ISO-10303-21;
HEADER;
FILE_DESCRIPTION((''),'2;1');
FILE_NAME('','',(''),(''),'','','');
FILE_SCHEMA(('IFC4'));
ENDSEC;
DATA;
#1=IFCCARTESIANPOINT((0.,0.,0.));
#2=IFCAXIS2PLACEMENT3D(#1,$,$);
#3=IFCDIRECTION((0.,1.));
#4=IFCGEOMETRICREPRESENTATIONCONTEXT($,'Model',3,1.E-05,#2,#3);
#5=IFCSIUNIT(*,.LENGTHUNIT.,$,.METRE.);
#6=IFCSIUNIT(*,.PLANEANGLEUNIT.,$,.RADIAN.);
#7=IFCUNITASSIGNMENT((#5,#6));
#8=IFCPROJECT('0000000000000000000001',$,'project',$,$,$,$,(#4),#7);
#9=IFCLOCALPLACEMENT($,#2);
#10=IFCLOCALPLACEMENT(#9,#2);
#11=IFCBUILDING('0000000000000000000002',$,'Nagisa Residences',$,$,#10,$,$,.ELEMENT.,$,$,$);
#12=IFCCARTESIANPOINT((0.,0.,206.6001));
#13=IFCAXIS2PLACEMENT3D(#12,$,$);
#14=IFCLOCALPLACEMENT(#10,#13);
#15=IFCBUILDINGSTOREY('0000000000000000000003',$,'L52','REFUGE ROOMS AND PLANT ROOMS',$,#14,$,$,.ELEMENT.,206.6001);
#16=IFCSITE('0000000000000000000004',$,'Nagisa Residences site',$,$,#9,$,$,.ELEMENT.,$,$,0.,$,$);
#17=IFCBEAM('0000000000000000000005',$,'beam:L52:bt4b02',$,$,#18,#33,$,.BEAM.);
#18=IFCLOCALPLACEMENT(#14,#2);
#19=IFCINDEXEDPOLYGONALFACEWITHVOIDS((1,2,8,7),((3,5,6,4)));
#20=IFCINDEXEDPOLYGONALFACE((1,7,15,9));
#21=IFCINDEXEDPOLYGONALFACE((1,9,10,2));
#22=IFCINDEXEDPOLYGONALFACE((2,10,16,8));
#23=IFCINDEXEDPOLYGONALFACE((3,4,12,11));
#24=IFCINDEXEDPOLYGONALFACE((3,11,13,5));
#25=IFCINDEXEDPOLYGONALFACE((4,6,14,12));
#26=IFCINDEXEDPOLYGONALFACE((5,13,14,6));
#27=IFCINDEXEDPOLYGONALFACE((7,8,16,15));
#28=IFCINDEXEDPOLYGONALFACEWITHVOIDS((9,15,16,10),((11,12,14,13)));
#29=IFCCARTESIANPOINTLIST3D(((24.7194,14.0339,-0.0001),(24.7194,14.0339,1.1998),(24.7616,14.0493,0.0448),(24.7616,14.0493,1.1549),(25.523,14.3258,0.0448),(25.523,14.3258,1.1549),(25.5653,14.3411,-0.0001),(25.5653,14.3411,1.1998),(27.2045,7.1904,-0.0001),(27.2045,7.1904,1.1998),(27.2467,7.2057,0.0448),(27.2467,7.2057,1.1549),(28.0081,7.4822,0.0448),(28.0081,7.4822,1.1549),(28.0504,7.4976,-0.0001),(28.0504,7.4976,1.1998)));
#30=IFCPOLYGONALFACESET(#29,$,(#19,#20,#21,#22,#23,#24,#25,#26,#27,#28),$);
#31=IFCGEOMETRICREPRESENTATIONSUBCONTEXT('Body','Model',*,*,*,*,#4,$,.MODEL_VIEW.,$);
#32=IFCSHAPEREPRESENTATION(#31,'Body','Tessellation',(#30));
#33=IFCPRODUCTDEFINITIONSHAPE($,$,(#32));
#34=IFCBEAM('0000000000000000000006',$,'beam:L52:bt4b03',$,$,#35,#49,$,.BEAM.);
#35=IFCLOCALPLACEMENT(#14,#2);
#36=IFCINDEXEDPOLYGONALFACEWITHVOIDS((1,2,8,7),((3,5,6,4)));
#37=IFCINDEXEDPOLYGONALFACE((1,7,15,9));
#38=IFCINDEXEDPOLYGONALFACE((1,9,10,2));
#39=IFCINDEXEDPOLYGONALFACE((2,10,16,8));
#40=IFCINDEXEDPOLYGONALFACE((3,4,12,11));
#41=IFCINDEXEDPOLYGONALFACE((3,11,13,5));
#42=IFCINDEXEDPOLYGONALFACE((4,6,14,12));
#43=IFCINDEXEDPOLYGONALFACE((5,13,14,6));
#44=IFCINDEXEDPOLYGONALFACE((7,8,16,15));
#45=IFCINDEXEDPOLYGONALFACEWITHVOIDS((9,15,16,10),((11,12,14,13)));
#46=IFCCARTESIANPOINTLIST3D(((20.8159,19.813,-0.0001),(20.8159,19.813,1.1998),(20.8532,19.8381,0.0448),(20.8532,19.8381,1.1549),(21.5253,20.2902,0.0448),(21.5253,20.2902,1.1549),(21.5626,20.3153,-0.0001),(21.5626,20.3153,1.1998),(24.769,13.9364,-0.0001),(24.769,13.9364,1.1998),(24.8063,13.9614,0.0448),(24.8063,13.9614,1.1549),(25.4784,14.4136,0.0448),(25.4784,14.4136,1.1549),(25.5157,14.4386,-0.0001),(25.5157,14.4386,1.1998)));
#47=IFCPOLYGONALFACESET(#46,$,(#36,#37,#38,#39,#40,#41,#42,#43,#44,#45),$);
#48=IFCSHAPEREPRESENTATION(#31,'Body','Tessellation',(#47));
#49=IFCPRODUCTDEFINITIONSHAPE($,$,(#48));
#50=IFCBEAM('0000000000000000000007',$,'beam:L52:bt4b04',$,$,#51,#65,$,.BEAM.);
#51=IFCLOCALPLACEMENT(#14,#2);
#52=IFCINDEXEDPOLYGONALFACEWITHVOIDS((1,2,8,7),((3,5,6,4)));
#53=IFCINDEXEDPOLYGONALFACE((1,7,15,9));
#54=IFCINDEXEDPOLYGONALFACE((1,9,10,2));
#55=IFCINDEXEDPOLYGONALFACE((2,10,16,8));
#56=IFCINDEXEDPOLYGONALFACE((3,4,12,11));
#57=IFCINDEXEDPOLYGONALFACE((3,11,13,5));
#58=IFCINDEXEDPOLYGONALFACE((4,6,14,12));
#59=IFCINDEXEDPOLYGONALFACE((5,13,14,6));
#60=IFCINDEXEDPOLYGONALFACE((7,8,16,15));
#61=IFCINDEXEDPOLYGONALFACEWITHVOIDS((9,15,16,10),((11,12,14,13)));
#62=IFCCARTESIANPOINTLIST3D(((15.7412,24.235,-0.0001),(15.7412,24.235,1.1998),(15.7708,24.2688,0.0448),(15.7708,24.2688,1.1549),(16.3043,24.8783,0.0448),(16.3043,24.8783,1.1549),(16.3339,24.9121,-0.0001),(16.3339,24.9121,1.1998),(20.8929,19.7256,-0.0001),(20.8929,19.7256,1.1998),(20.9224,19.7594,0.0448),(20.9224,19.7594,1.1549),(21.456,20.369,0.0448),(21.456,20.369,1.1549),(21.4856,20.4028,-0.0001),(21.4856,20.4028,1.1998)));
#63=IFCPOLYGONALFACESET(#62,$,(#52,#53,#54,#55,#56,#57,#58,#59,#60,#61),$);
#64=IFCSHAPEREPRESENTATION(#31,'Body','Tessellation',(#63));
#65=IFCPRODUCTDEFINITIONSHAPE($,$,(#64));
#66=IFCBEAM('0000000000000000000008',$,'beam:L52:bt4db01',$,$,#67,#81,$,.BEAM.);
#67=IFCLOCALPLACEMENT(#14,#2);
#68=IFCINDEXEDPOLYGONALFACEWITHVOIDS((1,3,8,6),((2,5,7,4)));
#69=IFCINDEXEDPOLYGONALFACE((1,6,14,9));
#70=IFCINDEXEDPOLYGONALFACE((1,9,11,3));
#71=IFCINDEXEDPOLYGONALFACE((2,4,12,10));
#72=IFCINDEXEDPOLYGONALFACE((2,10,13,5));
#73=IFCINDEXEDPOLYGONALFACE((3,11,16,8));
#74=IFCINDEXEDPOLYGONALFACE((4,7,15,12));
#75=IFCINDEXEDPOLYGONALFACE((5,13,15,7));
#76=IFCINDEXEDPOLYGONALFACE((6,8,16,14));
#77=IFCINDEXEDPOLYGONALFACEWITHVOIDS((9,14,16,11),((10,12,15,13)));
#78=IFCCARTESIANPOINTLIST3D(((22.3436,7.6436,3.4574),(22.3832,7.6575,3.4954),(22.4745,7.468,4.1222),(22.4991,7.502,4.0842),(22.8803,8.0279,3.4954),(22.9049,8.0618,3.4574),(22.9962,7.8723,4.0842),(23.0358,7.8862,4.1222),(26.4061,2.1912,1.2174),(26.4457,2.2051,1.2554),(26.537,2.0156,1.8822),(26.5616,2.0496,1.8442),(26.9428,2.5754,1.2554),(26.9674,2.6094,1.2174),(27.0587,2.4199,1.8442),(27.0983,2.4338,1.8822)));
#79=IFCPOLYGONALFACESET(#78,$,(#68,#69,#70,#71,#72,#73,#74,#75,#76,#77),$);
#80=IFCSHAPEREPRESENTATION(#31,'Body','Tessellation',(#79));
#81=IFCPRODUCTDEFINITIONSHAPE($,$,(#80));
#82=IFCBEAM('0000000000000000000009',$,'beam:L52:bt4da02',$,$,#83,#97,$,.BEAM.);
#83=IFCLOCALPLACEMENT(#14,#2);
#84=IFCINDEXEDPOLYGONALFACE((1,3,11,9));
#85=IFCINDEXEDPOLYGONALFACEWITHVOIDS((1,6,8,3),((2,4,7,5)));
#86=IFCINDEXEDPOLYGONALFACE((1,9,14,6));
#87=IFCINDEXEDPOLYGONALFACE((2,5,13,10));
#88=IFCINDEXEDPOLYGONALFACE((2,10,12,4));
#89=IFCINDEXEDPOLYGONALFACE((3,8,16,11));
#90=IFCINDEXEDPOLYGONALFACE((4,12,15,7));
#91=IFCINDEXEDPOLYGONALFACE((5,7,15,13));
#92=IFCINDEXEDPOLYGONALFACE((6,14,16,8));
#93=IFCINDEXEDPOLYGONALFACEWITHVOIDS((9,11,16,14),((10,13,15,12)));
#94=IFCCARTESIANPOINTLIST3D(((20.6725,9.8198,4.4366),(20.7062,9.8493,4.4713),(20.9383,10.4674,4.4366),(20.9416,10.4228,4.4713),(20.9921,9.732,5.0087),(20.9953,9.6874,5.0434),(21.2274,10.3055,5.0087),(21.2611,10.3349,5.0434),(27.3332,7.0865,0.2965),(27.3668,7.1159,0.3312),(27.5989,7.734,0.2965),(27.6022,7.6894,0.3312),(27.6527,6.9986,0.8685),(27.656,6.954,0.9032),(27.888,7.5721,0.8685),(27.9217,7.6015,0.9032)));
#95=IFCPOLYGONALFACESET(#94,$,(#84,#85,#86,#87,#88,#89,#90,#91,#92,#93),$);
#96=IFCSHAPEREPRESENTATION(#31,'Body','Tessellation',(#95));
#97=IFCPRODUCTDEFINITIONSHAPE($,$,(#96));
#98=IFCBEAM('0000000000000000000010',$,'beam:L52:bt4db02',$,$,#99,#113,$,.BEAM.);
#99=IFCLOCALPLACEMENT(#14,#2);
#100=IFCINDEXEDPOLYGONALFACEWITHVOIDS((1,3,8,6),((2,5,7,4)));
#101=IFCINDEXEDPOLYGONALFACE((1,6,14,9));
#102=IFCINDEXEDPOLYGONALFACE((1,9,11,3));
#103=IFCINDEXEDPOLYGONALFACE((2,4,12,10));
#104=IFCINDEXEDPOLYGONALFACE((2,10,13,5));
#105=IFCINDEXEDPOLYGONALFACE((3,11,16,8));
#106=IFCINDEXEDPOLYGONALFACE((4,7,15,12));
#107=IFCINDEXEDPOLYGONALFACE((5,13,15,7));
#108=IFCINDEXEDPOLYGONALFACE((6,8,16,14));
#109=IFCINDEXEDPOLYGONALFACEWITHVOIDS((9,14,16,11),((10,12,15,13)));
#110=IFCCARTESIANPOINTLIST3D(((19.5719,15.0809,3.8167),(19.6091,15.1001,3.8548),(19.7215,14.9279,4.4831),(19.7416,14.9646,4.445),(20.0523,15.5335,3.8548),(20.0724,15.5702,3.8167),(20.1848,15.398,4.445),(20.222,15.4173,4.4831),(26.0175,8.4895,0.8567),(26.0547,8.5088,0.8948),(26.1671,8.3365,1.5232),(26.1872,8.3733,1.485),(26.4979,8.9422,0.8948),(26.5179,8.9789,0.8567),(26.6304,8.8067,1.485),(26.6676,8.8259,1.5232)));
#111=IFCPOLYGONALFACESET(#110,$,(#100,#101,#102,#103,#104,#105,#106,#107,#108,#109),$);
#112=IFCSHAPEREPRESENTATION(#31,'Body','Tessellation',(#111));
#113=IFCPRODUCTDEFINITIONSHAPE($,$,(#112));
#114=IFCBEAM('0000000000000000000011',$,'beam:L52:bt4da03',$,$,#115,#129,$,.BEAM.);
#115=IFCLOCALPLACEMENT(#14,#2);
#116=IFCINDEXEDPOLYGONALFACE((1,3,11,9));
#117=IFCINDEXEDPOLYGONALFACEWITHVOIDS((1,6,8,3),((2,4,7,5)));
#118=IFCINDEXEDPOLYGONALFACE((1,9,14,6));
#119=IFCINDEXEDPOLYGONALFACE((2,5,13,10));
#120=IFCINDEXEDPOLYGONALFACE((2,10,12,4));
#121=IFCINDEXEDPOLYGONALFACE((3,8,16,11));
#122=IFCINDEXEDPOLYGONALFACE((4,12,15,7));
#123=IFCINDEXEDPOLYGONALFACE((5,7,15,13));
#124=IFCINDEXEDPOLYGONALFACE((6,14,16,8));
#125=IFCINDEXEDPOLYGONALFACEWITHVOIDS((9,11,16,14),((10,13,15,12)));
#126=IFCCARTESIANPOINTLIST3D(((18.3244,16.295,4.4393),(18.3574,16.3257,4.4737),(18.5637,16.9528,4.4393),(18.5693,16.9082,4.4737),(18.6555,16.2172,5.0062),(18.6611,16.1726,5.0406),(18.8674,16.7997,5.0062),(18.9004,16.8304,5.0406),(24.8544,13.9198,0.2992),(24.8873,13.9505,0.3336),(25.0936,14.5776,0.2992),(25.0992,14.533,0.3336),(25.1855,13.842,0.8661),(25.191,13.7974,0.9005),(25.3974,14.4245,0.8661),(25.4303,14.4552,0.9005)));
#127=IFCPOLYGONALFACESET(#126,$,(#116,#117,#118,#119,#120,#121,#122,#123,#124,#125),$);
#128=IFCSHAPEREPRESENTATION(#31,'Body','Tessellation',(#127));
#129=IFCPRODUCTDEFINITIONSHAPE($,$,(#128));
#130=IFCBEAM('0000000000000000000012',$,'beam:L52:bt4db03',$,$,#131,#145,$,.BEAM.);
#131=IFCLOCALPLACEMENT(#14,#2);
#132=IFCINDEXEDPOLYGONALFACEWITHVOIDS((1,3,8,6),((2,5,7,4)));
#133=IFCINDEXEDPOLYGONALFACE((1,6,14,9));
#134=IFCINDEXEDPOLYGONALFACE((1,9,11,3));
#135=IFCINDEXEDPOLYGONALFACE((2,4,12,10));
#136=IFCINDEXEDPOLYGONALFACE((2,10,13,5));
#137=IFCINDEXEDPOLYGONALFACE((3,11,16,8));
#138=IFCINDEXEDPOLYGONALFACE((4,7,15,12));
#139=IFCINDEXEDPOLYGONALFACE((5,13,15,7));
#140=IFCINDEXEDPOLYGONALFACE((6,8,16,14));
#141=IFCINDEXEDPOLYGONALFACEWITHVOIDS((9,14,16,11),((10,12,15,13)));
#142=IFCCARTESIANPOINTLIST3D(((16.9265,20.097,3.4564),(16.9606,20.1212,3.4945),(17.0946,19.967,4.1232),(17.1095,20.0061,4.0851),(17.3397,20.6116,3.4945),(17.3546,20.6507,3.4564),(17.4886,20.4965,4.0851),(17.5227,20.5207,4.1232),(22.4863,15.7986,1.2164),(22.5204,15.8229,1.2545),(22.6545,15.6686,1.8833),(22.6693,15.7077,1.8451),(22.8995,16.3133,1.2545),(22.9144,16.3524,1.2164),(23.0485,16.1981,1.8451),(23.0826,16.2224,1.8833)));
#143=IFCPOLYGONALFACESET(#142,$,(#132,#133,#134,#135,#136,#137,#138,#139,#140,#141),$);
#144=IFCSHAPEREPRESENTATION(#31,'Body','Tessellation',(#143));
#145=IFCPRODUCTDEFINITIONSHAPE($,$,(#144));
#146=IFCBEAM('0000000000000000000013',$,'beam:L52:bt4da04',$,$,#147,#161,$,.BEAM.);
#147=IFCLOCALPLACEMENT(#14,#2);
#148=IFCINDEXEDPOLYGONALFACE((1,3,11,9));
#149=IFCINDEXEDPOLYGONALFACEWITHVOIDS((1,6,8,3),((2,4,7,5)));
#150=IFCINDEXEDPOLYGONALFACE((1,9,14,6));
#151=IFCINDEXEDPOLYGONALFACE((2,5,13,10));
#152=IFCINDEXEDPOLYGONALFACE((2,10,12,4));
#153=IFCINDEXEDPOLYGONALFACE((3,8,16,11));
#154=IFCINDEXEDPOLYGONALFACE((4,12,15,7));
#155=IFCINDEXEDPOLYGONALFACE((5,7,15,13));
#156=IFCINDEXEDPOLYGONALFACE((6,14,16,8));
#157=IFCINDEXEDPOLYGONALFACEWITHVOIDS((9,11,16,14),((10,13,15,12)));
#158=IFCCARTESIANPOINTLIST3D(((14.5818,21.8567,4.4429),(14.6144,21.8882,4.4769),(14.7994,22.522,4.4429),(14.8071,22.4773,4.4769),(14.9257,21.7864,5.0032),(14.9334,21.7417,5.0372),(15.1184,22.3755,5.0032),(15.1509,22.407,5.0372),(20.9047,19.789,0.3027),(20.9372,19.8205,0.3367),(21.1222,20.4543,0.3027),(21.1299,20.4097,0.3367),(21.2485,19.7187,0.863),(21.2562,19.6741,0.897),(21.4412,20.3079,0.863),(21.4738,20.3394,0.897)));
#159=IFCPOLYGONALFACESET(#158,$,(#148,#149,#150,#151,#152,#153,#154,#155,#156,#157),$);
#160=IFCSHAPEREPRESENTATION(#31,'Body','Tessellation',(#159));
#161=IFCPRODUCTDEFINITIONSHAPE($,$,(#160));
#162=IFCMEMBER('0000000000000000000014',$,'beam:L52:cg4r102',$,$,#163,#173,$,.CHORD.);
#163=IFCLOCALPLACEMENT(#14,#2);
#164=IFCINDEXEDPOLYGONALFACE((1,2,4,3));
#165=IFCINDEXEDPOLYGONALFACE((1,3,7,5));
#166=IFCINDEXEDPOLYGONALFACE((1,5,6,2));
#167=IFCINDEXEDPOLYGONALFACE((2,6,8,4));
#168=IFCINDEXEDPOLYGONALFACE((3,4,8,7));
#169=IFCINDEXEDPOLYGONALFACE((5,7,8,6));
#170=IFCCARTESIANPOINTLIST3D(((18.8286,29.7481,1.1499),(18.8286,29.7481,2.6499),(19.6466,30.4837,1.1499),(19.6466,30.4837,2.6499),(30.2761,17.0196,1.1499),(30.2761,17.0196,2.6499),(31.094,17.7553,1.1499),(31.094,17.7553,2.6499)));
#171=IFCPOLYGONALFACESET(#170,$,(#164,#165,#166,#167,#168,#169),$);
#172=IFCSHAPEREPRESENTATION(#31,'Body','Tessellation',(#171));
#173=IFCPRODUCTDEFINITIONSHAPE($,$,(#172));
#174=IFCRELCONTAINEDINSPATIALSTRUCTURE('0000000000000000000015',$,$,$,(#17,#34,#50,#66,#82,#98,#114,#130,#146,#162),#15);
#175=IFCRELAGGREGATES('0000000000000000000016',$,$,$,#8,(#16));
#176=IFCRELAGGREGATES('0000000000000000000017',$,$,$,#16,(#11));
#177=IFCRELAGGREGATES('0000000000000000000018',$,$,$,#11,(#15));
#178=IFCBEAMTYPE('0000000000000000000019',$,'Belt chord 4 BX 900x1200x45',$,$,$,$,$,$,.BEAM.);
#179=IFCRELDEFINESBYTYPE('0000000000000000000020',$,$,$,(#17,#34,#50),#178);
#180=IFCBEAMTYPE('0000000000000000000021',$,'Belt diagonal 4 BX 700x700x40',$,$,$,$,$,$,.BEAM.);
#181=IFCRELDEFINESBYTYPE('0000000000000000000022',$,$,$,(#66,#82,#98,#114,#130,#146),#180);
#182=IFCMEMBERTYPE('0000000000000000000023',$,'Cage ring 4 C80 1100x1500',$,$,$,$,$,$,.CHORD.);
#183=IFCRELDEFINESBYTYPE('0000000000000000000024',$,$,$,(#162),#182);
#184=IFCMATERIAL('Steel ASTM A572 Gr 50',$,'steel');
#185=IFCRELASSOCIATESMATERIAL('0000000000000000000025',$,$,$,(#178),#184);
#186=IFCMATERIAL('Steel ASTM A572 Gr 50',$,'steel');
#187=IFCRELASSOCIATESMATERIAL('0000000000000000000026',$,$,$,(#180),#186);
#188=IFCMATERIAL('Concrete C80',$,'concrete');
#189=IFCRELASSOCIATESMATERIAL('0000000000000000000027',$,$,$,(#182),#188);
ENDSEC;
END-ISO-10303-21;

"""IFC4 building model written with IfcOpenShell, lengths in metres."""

from ifc_helpers import new_model, si_unit, direction, frame, origin, origin_2d, place, context, subcontext, project, spatial, rectangle, hollow_rectangle, extrude, material, material_profile, profile_set, type_object, element, save


model = new_model("IFC4")

# Units and contexts
model_context = context("Model", 3, precision=1e-05, world=origin(), true_north=direction((0.0, 1.0)))
body_context = subcontext(model_context, "Body", "Model", "MODEL_VIEW")
ifc_project = project(units=[si_unit("LENGTHUNIT", "METRE"), si_unit("PLANEANGLEUNIT", "RADIAN")], contexts=[model_context])

# Site, building, storey
site_placement = place(None, origin())
site = spatial("IfcSite", under=ifc_project, at=site_placement, Name="Nagisa Residences site", CompositionType="ELEMENT", RefElevation=0.0)
building_placement = place(site_placement, origin())
building = spatial("IfcBuilding", under=site, at=building_placement, Name="Nagisa Residences", CompositionType="ELEMENT")
storey_placement = place(building_placement, frame((0.0, 0.0, 206.6001)))
storey = spatial("IfcBuildingStorey", under=building, at=storey_placement, Name="L52", Description="REFUGE ROOMS AND PLANT ROOMS", CompositionType="ELEMENT", Elevation=206.6001)

# Beams
ifc_material_1 = material(Name="Steel ASTM A572 Gr 50", Category="steel")
ifc_material_profile_1 = material_profile(ifc_material_1, hollow_rectangle(XDim=0.8999, YDim=1.2, WallThickness=0.0449, at=origin_2d()), Name="BX 900x1200x45")
ifc_profile_set_1 = profile_set([ifc_material_profile_1], Name="Steel ASTM A572 Gr 50")
beam_type_1 = type_object("IfcBeamType", Name="Belt chord 4 BX 900x1200x45", PredefinedType="BEAM", material=ifc_profile_set_1)
beam_1_placement = place(storey_placement, frame((27.6274, 7.344, 0.5999), z_axis=(-0.341326, 0.939945, 0.0), x_axis=(-0.939945, -0.341326, 0.0)))
element("IfcBeam", 1, at=beam_1_placement, inside=storey, type_object=beam_type_1, Name="beam:L52:bt4b02", PredefinedType="BEAM", context=body_context, shape_type="SweptSolid", body=[
    extrude(hollow_rectangle(XDim=0.8999, YDim=1.2, WallThickness=0.0449, at=origin_2d()), origin(), (0.0, 0.0, 1.0), 7.2808),
])
beam_2_placement = place(storey_placement, frame((25.1423, 14.1875, 0.5999), z_axis=(-0.558148, 0.829742, 0.0), x_axis=(-0.829742, -0.558148, 0.0)))
element("IfcBeam", 2, at=beam_2_placement, inside=storey, type_object=beam_type_1, Name="beam:L52:bt4b03", PredefinedType="BEAM", context=body_context, shape_type="SweptSolid", body=[
    extrude(hollow_rectangle(XDim=0.8999, YDim=1.2, WallThickness=0.0449, at=origin_2d()), origin(), (0.0, 0.0, 1.0), 7.0825),
])
beam_3_placement = place(storey_placement, frame((21.1892, 20.0642, 0.5999), z_axis=(-0.75246, 0.658638, 0.0), x_axis=(-0.658638, -0.75246, 0.0)))
element("IfcBeam", 3, at=beam_3_placement, inside=storey, type_object=beam_type_1, Name="beam:L52:bt4b04", PredefinedType="BEAM", context=body_context, shape_type="SweptSolid", body=[
    extrude(hollow_rectangle(XDim=0.8999, YDim=1.2, WallThickness=0.0449, at=origin_2d()), origin(), (0.0, 0.0, 1.0), 6.8464),
])
ifc_material_2 = material(Name="Steel ASTM A572 Gr 50", Category="steel")
ifc_material_profile_2 = material_profile(ifc_material_2, hollow_rectangle(XDim=0.7, YDim=0.7, WallThickness=0.04, at=origin_2d()), Name="BX 700x700x40")
ifc_profile_set_2 = profile_set([ifc_material_profile_2], Name="Steel ASTM A572 Gr 50")
beam_type_2 = type_object("IfcBeamType", Name="Belt diagonal 4 BX 700x700x40", PredefinedType="BEAM", material=ifc_profile_set_2)
beam_4_placement = place(storey_placement, frame((26.7522, 2.3125, 1.5498), z_axis=(-0.567474, 0.761623, 0.312895), x_axis=(-0.801888, -0.597475, 0.0)))
element("IfcBeam", 4, at=beam_4_placement, inside=storey, type_object=beam_type_2, Name="beam:L52:bt4db01", PredefinedType="BEAM", context=body_context, shape_type="SweptSolid", body=[
    extrude(hollow_rectangle(XDim=0.7, YDim=0.7, WallThickness=0.04, at=origin_2d()), origin(), (0.0, 0.0, 1.0), 7.1589),
])
beam_5_placement = place(storey_placement, frame((27.6274, 7.344, 0.5999), z_axis=(-0.801985, 0.329119, 0.498499), x_axis=(-0.379655, -0.925128, 0.0)))
element("IfcBeam", 5, at=beam_5_placement, inside=storey, type_object=beam_type_2, Name="beam:L52:bt4da02", PredefinedType="BEAM", context=body_context, shape_type="SweptSolid", body=[
    extrude(hollow_rectangle(XDim=0.7, YDim=0.7, WallThickness=0.04, at=origin_2d()), origin(), (0.0, 0.0, 1.0), 8.3052),
])
beam_6_placement = place(storey_placement, frame((26.3425, 8.6577, 1.1899), z_axis=(-0.665687, 0.68074, 0.3057), x_axis=(-0.714968, -0.699158, 0.0)))
element("IfcBeam", 6, at=beam_6_placement, inside=storey, type_object=beam_type_2, Name="beam:L52:bt4db02", PredefinedType="BEAM", context=body_context, shape_type="SweptSolid", body=[
    extrude(hollow_rectangle(XDim=0.7, YDim=0.7, WallThickness=0.04, at=origin_2d()), origin(), (0.0, 0.0, 1.0), 9.6826),
])
beam_7_placement = place(storey_placement, frame((25.1423, 14.1875, 0.5999), z_axis=(-0.807323, 0.293657, 0.511855), x_axis=(-0.341831, -0.939762, 0.0)))
element("IfcBeam", 7, at=beam_7_placement, inside=storey, type_object=beam_type_2, Name="beam:L52:bt4da03", PredefinedType="BEAM", context=body_context, shape_type="SweptSolid", body=[
    extrude(hollow_rectangle(XDim=0.7, YDim=0.7, WallThickness=0.04, at=origin_2d()), origin(), (0.0, 0.0, 1.0), 8.0884),
])
beam_8_placement = place(storey_placement, frame((22.7844, 16.0105, 1.5498), z_axis=(-0.753775, 0.58275, 0.303688), x_axis=(-0.611636, -0.791139, 0.0)))
element("IfcBeam", 8, at=beam_8_placement, inside=storey, type_object=beam_type_2, Name="beam:L52:bt4db03", PredefinedType="BEAM", context=body_context, shape_type="SweptSolid", body=[
    extrude(hollow_rectangle(XDim=0.7, YDim=0.7, WallThickness=0.04, at=origin_2d()), origin(), (0.0, 0.0, 1.0), 7.376),
])
beam_9_placement = place(storey_placement, frame((21.1892, 20.0642, 0.5999), z_axis=(-0.80695, 0.263884, 0.528391), x_axis=(-0.310817, -0.95047, 0.0)))
element("IfcBeam", 9, at=beam_9_placement, inside=storey, type_object=beam_type_2, Name="beam:L52:bt4da04", PredefinedType="BEAM", context=body_context, shape_type="SweptSolid", body=[
    extrude(hollow_rectangle(XDim=0.7, YDim=0.7, WallThickness=0.04, at=origin_2d()), origin(), (0.0, 0.0, 1.0), 7.8354),
])

# Member
ifc_material_3 = material(Name="Concrete C80", Category="concrete")
ifc_material_profile_3 = material_profile(ifc_material_3, rectangle(XDim=1.1001, YDim=1.5, at=origin_2d()), Name="C80 1100x1500")
ifc_profile_set_3 = profile_set([ifc_material_profile_3], Name="Concrete C80")
member_type_1 = type_object("IfcMemberType", Name="Cage ring 4 C80 1100x1500", PredefinedType="CHORD", material=ifc_profile_set_3)
member_1_placement = place(storey_placement, frame((30.6851, 17.3875, 1.8999), z_axis=(-0.668702, 0.743531, 0.0), x_axis=(-0.743531, -0.668702, 0.0)))
element("IfcMember", 10, at=member_1_placement, inside=storey, type_object=member_type_1, Name="beam:L52:cg4r102", PredefinedType="CHORD", context=body_context, shape_type="SweptSolid", body=[
    extrude(rectangle(XDim=1.1001, YDim=1.5, at=origin_2d()), origin(), (0.0, 0.0, 1.0), 17.1189),
])

save(model, "model.ifc")
